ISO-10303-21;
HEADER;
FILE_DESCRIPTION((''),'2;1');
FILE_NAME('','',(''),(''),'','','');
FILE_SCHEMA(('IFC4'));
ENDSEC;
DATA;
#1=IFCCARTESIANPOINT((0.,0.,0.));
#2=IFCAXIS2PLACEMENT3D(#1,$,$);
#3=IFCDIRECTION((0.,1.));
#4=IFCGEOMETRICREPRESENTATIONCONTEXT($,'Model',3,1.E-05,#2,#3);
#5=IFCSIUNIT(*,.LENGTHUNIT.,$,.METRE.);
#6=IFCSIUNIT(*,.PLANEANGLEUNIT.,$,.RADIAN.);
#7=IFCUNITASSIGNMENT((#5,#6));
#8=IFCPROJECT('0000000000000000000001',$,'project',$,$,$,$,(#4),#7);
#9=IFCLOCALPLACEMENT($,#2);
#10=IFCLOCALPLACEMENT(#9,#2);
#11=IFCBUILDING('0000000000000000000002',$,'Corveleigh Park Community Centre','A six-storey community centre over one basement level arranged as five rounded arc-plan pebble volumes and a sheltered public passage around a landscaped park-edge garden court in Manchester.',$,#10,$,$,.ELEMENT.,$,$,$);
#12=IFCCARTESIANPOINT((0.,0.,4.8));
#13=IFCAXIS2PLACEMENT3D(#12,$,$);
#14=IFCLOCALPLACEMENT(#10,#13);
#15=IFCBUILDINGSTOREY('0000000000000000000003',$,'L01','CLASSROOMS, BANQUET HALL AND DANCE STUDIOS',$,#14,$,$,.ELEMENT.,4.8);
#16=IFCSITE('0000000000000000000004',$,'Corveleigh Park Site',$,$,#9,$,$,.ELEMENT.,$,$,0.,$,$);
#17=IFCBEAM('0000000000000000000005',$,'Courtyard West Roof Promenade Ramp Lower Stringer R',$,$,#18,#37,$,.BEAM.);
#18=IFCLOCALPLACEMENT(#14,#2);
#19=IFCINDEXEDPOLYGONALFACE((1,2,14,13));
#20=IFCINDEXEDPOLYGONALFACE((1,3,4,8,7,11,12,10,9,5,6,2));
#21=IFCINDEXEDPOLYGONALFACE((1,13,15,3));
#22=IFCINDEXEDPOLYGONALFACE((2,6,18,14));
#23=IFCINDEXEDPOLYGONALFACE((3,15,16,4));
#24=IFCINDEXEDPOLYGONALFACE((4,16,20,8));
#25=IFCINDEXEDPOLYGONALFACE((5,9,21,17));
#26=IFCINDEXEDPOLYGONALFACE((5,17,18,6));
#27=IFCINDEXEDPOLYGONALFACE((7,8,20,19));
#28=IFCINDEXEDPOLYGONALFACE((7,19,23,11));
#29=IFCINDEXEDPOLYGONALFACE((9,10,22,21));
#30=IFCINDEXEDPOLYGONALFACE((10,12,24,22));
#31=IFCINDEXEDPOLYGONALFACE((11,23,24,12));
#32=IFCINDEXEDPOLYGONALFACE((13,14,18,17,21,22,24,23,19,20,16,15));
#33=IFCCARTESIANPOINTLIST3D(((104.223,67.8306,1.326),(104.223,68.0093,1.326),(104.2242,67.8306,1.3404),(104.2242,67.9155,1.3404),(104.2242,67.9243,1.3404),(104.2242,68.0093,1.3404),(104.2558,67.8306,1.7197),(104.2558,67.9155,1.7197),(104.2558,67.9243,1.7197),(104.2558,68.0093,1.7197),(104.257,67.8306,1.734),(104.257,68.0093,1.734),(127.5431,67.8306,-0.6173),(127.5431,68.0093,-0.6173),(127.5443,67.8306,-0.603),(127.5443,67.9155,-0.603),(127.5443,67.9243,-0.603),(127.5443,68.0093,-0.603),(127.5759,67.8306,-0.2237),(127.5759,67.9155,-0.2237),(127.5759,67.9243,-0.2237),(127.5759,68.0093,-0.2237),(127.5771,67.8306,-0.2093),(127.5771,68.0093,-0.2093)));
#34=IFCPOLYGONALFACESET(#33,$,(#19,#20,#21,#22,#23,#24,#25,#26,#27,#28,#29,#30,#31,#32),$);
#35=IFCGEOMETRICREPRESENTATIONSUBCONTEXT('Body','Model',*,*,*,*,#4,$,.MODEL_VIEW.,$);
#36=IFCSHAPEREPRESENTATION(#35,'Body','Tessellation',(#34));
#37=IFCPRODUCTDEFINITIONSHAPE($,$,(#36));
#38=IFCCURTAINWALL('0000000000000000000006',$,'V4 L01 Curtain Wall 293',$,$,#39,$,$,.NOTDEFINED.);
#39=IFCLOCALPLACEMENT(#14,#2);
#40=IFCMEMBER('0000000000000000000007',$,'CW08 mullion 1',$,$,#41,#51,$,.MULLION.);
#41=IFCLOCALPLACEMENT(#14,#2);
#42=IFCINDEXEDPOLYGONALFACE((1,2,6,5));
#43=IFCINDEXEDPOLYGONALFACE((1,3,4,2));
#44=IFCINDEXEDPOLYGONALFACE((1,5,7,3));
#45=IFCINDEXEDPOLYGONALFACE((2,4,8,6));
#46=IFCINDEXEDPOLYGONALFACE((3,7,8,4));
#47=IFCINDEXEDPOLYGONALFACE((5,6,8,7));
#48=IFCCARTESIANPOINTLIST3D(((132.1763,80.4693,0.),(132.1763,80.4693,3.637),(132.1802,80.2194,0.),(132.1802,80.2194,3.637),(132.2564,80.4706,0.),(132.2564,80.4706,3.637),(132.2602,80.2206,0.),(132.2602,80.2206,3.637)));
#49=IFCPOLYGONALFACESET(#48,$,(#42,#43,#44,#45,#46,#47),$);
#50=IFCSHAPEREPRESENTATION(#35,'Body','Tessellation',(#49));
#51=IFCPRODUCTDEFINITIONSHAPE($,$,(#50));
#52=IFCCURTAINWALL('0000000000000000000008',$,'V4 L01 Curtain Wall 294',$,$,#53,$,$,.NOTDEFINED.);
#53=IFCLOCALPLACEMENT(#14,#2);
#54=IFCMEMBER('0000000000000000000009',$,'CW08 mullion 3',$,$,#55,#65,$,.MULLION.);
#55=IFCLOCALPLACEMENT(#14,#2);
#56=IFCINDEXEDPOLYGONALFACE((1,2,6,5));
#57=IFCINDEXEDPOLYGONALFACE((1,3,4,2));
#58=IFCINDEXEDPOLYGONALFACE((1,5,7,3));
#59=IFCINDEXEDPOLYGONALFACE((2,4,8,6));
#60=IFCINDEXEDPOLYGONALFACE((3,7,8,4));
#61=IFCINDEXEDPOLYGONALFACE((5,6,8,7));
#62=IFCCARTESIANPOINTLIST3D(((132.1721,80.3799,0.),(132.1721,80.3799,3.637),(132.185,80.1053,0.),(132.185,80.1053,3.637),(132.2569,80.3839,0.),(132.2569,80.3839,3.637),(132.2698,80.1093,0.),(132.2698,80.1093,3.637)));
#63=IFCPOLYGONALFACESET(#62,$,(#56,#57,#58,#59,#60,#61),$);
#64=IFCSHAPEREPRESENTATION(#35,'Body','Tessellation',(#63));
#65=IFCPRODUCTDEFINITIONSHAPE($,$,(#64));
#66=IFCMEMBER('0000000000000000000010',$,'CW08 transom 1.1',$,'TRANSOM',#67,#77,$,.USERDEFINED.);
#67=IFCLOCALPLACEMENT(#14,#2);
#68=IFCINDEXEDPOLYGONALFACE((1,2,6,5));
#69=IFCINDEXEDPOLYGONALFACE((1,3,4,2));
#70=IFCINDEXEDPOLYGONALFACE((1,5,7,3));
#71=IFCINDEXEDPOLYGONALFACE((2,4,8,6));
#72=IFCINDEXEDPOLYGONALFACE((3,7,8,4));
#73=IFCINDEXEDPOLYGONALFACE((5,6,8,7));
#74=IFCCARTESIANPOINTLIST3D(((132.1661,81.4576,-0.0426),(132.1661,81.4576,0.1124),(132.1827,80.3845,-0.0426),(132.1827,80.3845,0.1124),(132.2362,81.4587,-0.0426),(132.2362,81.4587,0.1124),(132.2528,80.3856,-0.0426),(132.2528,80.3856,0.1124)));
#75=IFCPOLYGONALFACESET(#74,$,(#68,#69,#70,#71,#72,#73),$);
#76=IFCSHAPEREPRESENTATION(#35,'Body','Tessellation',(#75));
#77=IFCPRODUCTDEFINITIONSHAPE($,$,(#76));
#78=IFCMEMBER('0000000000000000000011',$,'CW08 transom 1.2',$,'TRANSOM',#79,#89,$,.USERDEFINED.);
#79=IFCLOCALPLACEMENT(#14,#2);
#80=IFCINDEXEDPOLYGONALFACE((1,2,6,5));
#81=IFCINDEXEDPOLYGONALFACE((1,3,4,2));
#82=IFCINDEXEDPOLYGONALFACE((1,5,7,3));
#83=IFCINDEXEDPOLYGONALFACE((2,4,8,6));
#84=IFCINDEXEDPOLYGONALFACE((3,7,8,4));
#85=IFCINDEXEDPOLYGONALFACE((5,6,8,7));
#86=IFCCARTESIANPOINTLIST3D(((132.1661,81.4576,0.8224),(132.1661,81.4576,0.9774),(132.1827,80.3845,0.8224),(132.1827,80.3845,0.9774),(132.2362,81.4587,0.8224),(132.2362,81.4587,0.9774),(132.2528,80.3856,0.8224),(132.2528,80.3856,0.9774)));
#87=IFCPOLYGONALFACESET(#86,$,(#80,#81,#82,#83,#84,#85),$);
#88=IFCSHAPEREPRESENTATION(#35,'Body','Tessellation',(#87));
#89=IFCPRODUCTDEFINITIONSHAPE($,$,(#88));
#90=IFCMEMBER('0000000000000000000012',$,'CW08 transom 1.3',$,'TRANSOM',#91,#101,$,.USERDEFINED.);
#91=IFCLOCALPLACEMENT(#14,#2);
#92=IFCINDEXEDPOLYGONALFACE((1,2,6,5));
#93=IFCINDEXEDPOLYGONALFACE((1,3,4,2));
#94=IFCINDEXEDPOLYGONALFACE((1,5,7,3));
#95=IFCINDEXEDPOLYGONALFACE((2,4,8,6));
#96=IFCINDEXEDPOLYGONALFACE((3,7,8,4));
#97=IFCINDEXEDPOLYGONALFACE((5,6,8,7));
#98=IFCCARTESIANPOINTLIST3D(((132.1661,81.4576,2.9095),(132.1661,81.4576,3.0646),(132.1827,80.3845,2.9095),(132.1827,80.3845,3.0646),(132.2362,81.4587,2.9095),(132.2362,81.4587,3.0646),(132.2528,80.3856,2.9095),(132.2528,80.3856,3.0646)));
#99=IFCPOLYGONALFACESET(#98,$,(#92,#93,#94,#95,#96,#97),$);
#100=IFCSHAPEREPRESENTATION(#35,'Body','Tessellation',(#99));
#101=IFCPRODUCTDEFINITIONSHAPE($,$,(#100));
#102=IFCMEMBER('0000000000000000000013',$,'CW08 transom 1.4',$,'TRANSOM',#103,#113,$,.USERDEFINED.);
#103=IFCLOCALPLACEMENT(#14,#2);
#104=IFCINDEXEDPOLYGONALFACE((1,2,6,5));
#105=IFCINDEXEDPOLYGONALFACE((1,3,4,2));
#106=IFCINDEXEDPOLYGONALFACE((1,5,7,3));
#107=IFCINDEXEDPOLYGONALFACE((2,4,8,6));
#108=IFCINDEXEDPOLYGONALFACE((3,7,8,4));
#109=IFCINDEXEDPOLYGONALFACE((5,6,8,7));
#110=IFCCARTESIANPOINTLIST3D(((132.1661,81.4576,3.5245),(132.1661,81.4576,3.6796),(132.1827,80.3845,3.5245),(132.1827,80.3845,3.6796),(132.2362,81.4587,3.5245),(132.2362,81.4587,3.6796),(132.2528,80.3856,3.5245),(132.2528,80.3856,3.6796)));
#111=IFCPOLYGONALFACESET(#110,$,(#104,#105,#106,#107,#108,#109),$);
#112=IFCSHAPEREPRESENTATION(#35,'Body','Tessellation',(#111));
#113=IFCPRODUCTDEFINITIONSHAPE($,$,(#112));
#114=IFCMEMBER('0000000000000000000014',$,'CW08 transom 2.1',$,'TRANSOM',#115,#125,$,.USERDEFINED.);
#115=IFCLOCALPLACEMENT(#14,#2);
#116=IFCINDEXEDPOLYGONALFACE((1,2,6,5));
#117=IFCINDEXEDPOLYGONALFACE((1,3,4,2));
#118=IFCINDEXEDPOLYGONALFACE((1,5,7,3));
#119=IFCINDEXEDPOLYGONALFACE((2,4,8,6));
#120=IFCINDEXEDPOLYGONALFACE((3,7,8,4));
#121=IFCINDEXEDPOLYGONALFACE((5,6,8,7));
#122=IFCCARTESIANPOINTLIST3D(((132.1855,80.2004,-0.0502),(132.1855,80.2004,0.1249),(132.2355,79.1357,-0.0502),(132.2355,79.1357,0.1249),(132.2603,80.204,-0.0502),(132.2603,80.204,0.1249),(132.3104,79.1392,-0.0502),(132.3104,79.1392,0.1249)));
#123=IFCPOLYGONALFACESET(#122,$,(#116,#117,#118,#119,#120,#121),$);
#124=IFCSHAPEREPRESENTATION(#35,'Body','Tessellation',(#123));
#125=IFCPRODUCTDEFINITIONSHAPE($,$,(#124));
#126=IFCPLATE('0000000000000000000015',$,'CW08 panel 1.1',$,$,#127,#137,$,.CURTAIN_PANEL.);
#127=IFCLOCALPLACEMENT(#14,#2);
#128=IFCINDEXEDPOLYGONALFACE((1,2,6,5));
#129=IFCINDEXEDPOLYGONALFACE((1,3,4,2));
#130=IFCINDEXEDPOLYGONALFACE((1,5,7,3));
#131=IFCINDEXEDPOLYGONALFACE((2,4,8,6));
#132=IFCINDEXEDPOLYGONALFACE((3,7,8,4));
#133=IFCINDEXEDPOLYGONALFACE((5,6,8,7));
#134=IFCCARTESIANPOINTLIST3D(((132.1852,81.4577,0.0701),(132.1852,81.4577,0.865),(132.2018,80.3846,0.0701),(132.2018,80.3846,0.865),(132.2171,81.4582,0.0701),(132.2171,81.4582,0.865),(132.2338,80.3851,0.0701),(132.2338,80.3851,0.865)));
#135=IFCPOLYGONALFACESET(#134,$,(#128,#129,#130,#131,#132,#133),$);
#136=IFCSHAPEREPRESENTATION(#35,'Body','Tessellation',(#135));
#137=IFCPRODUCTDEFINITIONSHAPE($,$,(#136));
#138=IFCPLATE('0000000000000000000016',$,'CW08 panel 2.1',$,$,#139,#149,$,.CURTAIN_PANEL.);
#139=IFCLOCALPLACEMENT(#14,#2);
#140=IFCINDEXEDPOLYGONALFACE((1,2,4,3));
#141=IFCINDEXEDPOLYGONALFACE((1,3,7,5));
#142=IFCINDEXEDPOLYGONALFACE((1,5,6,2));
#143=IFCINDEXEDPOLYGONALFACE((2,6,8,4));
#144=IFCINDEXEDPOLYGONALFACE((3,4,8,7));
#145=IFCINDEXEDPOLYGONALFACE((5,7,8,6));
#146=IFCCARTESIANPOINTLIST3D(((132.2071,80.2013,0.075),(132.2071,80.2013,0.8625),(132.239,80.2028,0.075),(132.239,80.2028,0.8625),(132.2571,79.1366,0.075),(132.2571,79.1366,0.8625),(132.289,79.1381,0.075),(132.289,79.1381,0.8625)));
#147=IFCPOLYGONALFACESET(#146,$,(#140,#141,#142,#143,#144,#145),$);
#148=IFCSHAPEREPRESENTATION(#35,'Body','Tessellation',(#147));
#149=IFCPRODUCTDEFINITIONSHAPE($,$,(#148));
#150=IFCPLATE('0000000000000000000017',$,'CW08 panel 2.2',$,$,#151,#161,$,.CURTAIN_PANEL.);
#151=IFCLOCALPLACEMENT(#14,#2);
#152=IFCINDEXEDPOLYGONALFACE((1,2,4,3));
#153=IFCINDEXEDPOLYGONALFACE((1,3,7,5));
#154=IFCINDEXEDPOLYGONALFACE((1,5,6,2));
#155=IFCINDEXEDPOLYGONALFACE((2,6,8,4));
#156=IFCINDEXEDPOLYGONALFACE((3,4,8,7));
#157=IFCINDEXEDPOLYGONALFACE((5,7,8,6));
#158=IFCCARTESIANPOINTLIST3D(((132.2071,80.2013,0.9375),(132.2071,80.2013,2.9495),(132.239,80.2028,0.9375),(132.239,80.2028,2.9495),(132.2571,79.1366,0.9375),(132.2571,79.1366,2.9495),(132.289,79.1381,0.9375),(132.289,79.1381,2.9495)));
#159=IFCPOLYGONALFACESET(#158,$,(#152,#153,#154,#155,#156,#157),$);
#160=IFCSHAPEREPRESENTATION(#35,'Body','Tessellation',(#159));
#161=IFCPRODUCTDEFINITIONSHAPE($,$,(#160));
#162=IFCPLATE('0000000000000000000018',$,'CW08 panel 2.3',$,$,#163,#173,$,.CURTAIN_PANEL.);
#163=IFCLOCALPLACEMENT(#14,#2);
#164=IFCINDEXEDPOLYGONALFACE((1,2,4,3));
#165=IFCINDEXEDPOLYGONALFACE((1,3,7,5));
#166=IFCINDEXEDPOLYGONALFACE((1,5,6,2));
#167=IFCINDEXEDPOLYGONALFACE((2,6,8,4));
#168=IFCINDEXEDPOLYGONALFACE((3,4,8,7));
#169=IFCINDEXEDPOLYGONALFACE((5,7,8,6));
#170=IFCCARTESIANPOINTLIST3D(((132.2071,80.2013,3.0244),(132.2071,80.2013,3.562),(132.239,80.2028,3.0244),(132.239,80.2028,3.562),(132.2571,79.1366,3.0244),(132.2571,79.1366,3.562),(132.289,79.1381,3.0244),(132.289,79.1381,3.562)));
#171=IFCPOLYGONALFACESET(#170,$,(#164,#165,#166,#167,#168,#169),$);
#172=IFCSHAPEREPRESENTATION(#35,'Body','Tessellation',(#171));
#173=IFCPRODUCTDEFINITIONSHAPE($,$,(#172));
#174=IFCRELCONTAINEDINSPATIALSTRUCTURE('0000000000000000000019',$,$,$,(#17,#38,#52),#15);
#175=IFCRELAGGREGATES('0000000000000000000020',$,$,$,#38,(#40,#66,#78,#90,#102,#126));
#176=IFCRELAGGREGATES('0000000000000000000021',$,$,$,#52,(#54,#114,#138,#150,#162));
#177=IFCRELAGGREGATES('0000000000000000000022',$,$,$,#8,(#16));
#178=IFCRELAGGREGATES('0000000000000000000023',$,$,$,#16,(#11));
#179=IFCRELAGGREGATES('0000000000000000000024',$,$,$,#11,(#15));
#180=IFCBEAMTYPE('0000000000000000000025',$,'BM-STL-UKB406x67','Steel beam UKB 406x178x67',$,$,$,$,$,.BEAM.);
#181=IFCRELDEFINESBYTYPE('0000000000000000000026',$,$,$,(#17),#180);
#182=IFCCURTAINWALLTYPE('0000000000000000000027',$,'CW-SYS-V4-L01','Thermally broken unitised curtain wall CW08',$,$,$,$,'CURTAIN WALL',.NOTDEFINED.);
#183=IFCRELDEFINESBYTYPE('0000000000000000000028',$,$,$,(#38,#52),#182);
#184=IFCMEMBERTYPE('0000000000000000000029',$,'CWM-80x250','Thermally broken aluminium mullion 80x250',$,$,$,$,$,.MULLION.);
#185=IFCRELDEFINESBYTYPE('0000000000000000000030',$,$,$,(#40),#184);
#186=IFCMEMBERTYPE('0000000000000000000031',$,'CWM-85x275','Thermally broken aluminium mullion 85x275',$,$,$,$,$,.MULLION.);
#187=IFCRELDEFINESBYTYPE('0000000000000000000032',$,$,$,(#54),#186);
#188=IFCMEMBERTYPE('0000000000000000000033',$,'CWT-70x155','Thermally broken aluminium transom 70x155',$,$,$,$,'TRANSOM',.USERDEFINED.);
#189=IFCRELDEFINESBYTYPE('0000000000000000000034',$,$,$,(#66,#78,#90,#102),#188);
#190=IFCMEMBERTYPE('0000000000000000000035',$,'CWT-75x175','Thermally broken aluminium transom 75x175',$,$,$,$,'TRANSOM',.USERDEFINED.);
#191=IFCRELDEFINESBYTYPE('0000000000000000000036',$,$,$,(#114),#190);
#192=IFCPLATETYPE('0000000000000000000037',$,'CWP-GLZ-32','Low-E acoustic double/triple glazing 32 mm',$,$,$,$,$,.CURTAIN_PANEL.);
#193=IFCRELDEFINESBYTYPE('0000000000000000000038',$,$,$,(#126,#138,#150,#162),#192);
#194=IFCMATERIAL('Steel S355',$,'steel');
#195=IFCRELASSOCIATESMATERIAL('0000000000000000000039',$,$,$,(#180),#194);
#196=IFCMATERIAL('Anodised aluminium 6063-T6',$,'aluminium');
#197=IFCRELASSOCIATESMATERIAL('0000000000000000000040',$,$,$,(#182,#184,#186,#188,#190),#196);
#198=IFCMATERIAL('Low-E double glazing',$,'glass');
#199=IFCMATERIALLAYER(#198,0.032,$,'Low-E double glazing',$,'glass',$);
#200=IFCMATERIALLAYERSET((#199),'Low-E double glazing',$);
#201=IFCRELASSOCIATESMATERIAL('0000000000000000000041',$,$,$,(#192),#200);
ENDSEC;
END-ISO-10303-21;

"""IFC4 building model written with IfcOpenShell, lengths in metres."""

from ifc_helpers import new_model, si_unit, direction, frame, origin, origin_2d, place, context, subcontext, project, spatial, rectangle, i_section, extrude, material, layer, layer_set, material_profile, profile_set, type_object, element, aggregate, save


model = new_model("IFC4")

# Units and contexts
model_context = context("Model", 3, precision=1e-05, world=origin(), true_north=direction((0.0, 1.0)))
body_context = subcontext(model_context, "Body", "Model", "MODEL_VIEW")
ifc_project = project(units=[si_unit("LENGTHUNIT", "METRE"), si_unit("PLANEANGLEUNIT", "RADIAN")], contexts=[model_context])

# Site, building, storey
site_placement = place(None, origin())
site = spatial("IfcSite", under=ifc_project, at=site_placement, Name="Corveleigh Park Site", CompositionType="ELEMENT", RefElevation=0.0)
building_placement = place(site_placement, origin())
building = spatial("IfcBuilding", under=site, at=building_placement, Name="Corveleigh Park Community Centre", Description="A six-storey community centre over one basement level arranged as five rounded arc-plan pebble volumes and a sheltered public passage around a landscaped park-edge garden court in Manchester.", CompositionType="ELEMENT")
storey_placement = place(building_placement, frame((0.0, 0.0, 4.8)))
storey = spatial("IfcBuildingStorey", under=building, at=storey_placement, Name="L01", Description="CLASSROOMS, BANQUET HALL AND DANCE STUDIOS", CompositionType="ELEMENT", Elevation=4.8)

# Beam
ifc_material_1 = material(Name="Steel S355", Category="steel")
ifc_material_profile_1 = material_profile(ifc_material_1, i_section(OverallWidth=0.1787, OverallDepth=0.4094, WebThickness=0.0088, FlangeThickness=0.0144, at=origin_2d()), Name="UKB 406x178x67", Category="steel")
ifc_profile_set_1 = profile_set([ifc_material_profile_1], Name="Steel S355")
beam_type = type_object("IfcBeamType", Name="BM-STL-UKB406x67", Description="Steel beam UKB 406x178x67", PredefinedType="BEAM", material=ifc_profile_set_1)
for number, where, z_axis, x_axis, name in (
    (1, (127.5601, 67.9199, -0.4133), (-0.996546, 0.0, 0.083046), (0.0, -1.0, 0.0), "Courtyard West Roof Promenade Ramp Lower Stringer R"),
):
    element("IfcBeam", number, at=place(storey_placement, frame(where, z_axis=z_axis, x_axis=x_axis)), inside=storey, type_object=beam_type, Name=name, PredefinedType="BEAM", context=body_context, shape_type="SweptSolid", body=[
        extrude(i_section(OverallWidth=0.1787, OverallDepth=0.4094, WebThickness=0.0088, FlangeThickness=0.0144, at=origin_2d()), origin(), (0.0, 0.0, 1.0), 23.4009),
    ])

# Curtain walls, members
ifc_material_2 = material(Name="Anodised aluminium 6063-T6", Category="aluminium")
curtain_wall_type = type_object("IfcCurtainWallType", Name="CW-SYS-V4-L01", Description="Thermally broken unitised curtain wall CW08", ElementType="CURTAIN WALL", PredefinedType="NOTDEFINED", material=ifc_material_2)
curtain_wall_1_placement = place(storey_placement, origin())
curtain_wall_1 = element("IfcCurtainWall", 2, at=curtain_wall_1_placement, inside=storey, type_object=curtain_wall_type, Name="V4 L01 Curtain Wall 293", PredefinedType="NOTDEFINED")
ifc_material_profile_2 = material_profile(ifc_material_2, rectangle(XDim=0.0801, YDim=0.25, at=origin_2d()), Name="ALU-M80x250", Category="aluminium")
ifc_profile_set_2 = profile_set([ifc_material_profile_2], Name="Anodised aluminium 6063-T6")
member_type_1 = type_object("IfcMemberType", Name="CWM-80x250", Description="Thermally broken aluminium mullion 80x250", PredefinedType="MULLION", material=ifc_profile_set_2)
member_1_placement = place(storey_placement, frame((132.2183, 80.345, 0.0), z_axis=(0.0, 0.0, 1.0), x_axis=(-0.99988, -0.015505, 0.0)))
member_1 = element("IfcMember", 3, at=member_1_placement, type_object=member_type_1, Name="CW08 mullion 1", PredefinedType="MULLION", context=body_context, shape_type="SweptSolid", body=[
    extrude(rectangle(XDim=0.0801, YDim=0.25, at=origin_2d()), origin(), (0.0, 0.0, 1.0), 3.637),
])
curtain_wall_2_placement = place(storey_placement, origin())
curtain_wall_2 = element("IfcCurtainWall", 4, at=curtain_wall_2_placement, inside=storey, type_object=curtain_wall_type, Name="V4 L01 Curtain Wall 294", PredefinedType="NOTDEFINED")
ifc_material_profile_3 = material_profile(ifc_material_2, rectangle(XDim=0.085, YDim=0.2749, at=origin_2d()), Name="ALU-M85x275", Category="aluminium")
ifc_profile_set_3 = profile_set([ifc_material_profile_3], Name="Anodised aluminium 6063-T6")
member_type_2 = type_object("IfcMemberType", Name="CWM-85x275", Description="Thermally broken aluminium mullion 85x275", PredefinedType="MULLION", material=ifc_profile_set_3)
member_2_placement = place(storey_placement, frame((132.2209, 80.2446, 0.0), z_axis=(0.0, 0.0, 1.0), x_axis=(-0.998898, -0.046928, 0.0)))
member_2 = element("IfcMember", 5, at=member_2_placement, type_object=member_type_2, Name="CW08 mullion 3", PredefinedType="MULLION", context=body_context, shape_type="SweptSolid", body=[
    extrude(rectangle(XDim=0.085, YDim=0.2749, at=origin_2d()), origin(), (0.0, 0.0, 1.0), 3.637),
])

# Members
ifc_material_profile_4 = material_profile(ifc_material_2, rectangle(XDim=0.0701, YDim=0.155, at=origin_2d()), Name="ALU-T70x155", Category="aluminium")
ifc_profile_set_4 = profile_set([ifc_material_profile_4], Name="Anodised aluminium 6063-T6")
member_type_3 = type_object("IfcMemberType", Name="CWT-70x155", Description="Thermally broken aluminium transom 70x155", ElementType="TRANSOM", PredefinedType="USERDEFINED", material=ifc_profile_set_4)
member_3_placement = place(storey_placement, frame((132.2178, 80.385, 0.0349), z_axis=(-0.01547, 0.99988, 0.0), x_axis=(-0.99988, -0.01547, 0.0)))
member_3 = element("IfcMember", 6, at=member_3_placement, type_object=member_type_3, Name="CW08 transom 1.1", ObjectType="TRANSOM", PredefinedType="USERDEFINED", context=body_context, shape_type="SweptSolid", body=[
    extrude(rectangle(XDim=0.0701, YDim=0.155, at=origin_2d()), origin(), (0.0, 0.0, 1.0), 1.0732),
])
member_4_placement = place(storey_placement, frame((132.2178, 80.385, 0.8999), z_axis=(-0.01547, 0.99988, 0.0), x_axis=(-0.99988, -0.01547, 0.0)))
member_4 = element("IfcMember", 7, at=member_4_placement, type_object=member_type_3, Name="CW08 transom 1.2", ObjectType="TRANSOM", PredefinedType="USERDEFINED", context=body_context, shape_type="SweptSolid", body=[
    extrude(rectangle(XDim=0.0701, YDim=0.155, at=origin_2d()), origin(), (0.0, 0.0, 1.0), 1.0732),
])
member_5_placement = place(storey_placement, frame((132.2178, 80.385, 2.9871), z_axis=(-0.01547, 0.99988, 0.0), x_axis=(-0.99988, -0.01547, 0.0)))
member_5 = element("IfcMember", 8, at=member_5_placement, type_object=member_type_3, Name="CW08 transom 1.3", ObjectType="TRANSOM", PredefinedType="USERDEFINED", context=body_context, shape_type="SweptSolid", body=[
    extrude(rectangle(XDim=0.0701, YDim=0.155, at=origin_2d()), origin(), (0.0, 0.0, 1.0), 1.0732),
])
member_6_placement = place(storey_placement, frame((132.2178, 80.385, 3.6021), z_axis=(-0.01547, 0.99988, 0.0), x_axis=(-0.99988, -0.01547, 0.0)))
member_6 = element("IfcMember", 9, at=member_6_placement, type_object=member_type_3, Name="CW08 transom 1.4", ObjectType="TRANSOM", PredefinedType="USERDEFINED", context=body_context, shape_type="SweptSolid", body=[
    extrude(rectangle(XDim=0.0701, YDim=0.155, at=origin_2d()), origin(), (0.0, 0.0, 1.0), 1.0732),
])
ifc_material_profile_5 = material_profile(ifc_material_2, rectangle(XDim=0.075, YDim=0.175, at=origin_2d()), Name="ALU-T75x175", Category="aluminium")
ifc_profile_set_5 = profile_set([ifc_material_profile_5], Name="Anodised aluminium 6063-T6")
member_type_4 = type_object("IfcMemberType", Name="CWT-75x175", Description="Thermally broken aluminium transom 75x175", ElementType="TRANSOM", PredefinedType="USERDEFINED", material=ifc_profile_set_5)
member_7_placement = place(storey_placement, frame((132.2729, 79.1375, 0.0374), z_axis=(-0.046956, 0.998897, 0.0), x_axis=(-0.998897, -0.046956, 0.0)))
member_7 = element("IfcMember", 10, at=member_7_placement, type_object=member_type_4, Name="CW08 transom 2.1", ObjectType="TRANSOM", PredefinedType="USERDEFINED", context=body_context, shape_type="SweptSolid", body=[
    extrude(rectangle(XDim=0.075, YDim=0.175, at=origin_2d()), origin(), (0.0, 0.0, 1.0), 1.0659),
])

# Plates
ifc_material_3 = material(Name="Low-E double glazing", Category="glass")
ifc_layer_1 = layer(ifc_material_3, 0.032, Name="Low-E double glazing", Category="glass")
ifc_layer_set_1 = layer_set([ifc_layer_1], Name="Low-E double glazing")
plate_type = type_object("IfcPlateType", Name="CWP-GLZ-32", Description="Low-E acoustic double/triple glazing 32 mm", PredefinedType="CURTAIN_PANEL", material=ifc_layer_set_1)
plate_1_placement = place(storey_placement, frame((132.2095, 80.9214, 0.0701), z_axis=(0.0, 0.0, 1.0), x_axis=(-0.015505, 0.99988, 0.0)))
plate_1 = element("IfcPlate", 11, at=plate_1_placement, type_object=plate_type, Name="CW08 panel 1.1", PredefinedType="CURTAIN_PANEL", context=body_context, shape_type="SweptSolid", body=[
    extrude(rectangle(XDim=1.0732, YDim=0.032, at=origin_2d()), origin(), (0.0, 0.0, 1.0), 0.7949),
])
aggregate(curtain_wall_1, [member_1, member_3, member_4, member_5, member_6, plate_1])
plate_2_placement = place(storey_placement, frame((132.248, 79.6697, 0.075), z_axis=(0.0, 0.0, 1.0), x_axis=(-0.046928, 0.998898, 0.0)))
plate_2 = element("IfcPlate", 12, at=plate_2_placement, type_object=plate_type, Name="CW08 panel 2.1", PredefinedType="CURTAIN_PANEL", context=body_context, shape_type="SweptSolid", body=[
    extrude(rectangle(XDim=1.0659, YDim=0.032, at=origin_2d()), origin(), (0.0, 0.0, 1.0), 0.7876),
])
plate_3_placement = place(storey_placement, frame((132.248, 79.6697, 0.9375), z_axis=(0.0, 0.0, 1.0), x_axis=(-0.046928, 0.998898, 0.0)))
plate_3 = element("IfcPlate", 13, at=plate_3_placement, type_object=plate_type, Name="CW08 panel 2.2", PredefinedType="CURTAIN_PANEL", context=body_context, shape_type="SweptSolid", body=[
    extrude(rectangle(XDim=1.0659, YDim=0.032, at=origin_2d()), origin(), (0.0, 0.0, 1.0), 2.012),
])
plate_4_placement = place(storey_placement, frame((132.248, 79.6697, 3.0244), z_axis=(0.0, 0.0, 1.0), x_axis=(-0.046928, 0.998898, 0.0)))
plate_4 = element("IfcPlate", 14, at=plate_4_placement, type_object=plate_type, Name="CW08 panel 2.3", PredefinedType="CURTAIN_PANEL", context=body_context, shape_type="SweptSolid", body=[
    extrude(rectangle(XDim=1.0659, YDim=0.032, at=origin_2d()), origin(), (0.0, 0.0, 1.0), 0.5376),
])
aggregate(curtain_wall_2, [member_2, member_7, plate_2, plate_3, plate_4])

save(model, "model.ifc")
